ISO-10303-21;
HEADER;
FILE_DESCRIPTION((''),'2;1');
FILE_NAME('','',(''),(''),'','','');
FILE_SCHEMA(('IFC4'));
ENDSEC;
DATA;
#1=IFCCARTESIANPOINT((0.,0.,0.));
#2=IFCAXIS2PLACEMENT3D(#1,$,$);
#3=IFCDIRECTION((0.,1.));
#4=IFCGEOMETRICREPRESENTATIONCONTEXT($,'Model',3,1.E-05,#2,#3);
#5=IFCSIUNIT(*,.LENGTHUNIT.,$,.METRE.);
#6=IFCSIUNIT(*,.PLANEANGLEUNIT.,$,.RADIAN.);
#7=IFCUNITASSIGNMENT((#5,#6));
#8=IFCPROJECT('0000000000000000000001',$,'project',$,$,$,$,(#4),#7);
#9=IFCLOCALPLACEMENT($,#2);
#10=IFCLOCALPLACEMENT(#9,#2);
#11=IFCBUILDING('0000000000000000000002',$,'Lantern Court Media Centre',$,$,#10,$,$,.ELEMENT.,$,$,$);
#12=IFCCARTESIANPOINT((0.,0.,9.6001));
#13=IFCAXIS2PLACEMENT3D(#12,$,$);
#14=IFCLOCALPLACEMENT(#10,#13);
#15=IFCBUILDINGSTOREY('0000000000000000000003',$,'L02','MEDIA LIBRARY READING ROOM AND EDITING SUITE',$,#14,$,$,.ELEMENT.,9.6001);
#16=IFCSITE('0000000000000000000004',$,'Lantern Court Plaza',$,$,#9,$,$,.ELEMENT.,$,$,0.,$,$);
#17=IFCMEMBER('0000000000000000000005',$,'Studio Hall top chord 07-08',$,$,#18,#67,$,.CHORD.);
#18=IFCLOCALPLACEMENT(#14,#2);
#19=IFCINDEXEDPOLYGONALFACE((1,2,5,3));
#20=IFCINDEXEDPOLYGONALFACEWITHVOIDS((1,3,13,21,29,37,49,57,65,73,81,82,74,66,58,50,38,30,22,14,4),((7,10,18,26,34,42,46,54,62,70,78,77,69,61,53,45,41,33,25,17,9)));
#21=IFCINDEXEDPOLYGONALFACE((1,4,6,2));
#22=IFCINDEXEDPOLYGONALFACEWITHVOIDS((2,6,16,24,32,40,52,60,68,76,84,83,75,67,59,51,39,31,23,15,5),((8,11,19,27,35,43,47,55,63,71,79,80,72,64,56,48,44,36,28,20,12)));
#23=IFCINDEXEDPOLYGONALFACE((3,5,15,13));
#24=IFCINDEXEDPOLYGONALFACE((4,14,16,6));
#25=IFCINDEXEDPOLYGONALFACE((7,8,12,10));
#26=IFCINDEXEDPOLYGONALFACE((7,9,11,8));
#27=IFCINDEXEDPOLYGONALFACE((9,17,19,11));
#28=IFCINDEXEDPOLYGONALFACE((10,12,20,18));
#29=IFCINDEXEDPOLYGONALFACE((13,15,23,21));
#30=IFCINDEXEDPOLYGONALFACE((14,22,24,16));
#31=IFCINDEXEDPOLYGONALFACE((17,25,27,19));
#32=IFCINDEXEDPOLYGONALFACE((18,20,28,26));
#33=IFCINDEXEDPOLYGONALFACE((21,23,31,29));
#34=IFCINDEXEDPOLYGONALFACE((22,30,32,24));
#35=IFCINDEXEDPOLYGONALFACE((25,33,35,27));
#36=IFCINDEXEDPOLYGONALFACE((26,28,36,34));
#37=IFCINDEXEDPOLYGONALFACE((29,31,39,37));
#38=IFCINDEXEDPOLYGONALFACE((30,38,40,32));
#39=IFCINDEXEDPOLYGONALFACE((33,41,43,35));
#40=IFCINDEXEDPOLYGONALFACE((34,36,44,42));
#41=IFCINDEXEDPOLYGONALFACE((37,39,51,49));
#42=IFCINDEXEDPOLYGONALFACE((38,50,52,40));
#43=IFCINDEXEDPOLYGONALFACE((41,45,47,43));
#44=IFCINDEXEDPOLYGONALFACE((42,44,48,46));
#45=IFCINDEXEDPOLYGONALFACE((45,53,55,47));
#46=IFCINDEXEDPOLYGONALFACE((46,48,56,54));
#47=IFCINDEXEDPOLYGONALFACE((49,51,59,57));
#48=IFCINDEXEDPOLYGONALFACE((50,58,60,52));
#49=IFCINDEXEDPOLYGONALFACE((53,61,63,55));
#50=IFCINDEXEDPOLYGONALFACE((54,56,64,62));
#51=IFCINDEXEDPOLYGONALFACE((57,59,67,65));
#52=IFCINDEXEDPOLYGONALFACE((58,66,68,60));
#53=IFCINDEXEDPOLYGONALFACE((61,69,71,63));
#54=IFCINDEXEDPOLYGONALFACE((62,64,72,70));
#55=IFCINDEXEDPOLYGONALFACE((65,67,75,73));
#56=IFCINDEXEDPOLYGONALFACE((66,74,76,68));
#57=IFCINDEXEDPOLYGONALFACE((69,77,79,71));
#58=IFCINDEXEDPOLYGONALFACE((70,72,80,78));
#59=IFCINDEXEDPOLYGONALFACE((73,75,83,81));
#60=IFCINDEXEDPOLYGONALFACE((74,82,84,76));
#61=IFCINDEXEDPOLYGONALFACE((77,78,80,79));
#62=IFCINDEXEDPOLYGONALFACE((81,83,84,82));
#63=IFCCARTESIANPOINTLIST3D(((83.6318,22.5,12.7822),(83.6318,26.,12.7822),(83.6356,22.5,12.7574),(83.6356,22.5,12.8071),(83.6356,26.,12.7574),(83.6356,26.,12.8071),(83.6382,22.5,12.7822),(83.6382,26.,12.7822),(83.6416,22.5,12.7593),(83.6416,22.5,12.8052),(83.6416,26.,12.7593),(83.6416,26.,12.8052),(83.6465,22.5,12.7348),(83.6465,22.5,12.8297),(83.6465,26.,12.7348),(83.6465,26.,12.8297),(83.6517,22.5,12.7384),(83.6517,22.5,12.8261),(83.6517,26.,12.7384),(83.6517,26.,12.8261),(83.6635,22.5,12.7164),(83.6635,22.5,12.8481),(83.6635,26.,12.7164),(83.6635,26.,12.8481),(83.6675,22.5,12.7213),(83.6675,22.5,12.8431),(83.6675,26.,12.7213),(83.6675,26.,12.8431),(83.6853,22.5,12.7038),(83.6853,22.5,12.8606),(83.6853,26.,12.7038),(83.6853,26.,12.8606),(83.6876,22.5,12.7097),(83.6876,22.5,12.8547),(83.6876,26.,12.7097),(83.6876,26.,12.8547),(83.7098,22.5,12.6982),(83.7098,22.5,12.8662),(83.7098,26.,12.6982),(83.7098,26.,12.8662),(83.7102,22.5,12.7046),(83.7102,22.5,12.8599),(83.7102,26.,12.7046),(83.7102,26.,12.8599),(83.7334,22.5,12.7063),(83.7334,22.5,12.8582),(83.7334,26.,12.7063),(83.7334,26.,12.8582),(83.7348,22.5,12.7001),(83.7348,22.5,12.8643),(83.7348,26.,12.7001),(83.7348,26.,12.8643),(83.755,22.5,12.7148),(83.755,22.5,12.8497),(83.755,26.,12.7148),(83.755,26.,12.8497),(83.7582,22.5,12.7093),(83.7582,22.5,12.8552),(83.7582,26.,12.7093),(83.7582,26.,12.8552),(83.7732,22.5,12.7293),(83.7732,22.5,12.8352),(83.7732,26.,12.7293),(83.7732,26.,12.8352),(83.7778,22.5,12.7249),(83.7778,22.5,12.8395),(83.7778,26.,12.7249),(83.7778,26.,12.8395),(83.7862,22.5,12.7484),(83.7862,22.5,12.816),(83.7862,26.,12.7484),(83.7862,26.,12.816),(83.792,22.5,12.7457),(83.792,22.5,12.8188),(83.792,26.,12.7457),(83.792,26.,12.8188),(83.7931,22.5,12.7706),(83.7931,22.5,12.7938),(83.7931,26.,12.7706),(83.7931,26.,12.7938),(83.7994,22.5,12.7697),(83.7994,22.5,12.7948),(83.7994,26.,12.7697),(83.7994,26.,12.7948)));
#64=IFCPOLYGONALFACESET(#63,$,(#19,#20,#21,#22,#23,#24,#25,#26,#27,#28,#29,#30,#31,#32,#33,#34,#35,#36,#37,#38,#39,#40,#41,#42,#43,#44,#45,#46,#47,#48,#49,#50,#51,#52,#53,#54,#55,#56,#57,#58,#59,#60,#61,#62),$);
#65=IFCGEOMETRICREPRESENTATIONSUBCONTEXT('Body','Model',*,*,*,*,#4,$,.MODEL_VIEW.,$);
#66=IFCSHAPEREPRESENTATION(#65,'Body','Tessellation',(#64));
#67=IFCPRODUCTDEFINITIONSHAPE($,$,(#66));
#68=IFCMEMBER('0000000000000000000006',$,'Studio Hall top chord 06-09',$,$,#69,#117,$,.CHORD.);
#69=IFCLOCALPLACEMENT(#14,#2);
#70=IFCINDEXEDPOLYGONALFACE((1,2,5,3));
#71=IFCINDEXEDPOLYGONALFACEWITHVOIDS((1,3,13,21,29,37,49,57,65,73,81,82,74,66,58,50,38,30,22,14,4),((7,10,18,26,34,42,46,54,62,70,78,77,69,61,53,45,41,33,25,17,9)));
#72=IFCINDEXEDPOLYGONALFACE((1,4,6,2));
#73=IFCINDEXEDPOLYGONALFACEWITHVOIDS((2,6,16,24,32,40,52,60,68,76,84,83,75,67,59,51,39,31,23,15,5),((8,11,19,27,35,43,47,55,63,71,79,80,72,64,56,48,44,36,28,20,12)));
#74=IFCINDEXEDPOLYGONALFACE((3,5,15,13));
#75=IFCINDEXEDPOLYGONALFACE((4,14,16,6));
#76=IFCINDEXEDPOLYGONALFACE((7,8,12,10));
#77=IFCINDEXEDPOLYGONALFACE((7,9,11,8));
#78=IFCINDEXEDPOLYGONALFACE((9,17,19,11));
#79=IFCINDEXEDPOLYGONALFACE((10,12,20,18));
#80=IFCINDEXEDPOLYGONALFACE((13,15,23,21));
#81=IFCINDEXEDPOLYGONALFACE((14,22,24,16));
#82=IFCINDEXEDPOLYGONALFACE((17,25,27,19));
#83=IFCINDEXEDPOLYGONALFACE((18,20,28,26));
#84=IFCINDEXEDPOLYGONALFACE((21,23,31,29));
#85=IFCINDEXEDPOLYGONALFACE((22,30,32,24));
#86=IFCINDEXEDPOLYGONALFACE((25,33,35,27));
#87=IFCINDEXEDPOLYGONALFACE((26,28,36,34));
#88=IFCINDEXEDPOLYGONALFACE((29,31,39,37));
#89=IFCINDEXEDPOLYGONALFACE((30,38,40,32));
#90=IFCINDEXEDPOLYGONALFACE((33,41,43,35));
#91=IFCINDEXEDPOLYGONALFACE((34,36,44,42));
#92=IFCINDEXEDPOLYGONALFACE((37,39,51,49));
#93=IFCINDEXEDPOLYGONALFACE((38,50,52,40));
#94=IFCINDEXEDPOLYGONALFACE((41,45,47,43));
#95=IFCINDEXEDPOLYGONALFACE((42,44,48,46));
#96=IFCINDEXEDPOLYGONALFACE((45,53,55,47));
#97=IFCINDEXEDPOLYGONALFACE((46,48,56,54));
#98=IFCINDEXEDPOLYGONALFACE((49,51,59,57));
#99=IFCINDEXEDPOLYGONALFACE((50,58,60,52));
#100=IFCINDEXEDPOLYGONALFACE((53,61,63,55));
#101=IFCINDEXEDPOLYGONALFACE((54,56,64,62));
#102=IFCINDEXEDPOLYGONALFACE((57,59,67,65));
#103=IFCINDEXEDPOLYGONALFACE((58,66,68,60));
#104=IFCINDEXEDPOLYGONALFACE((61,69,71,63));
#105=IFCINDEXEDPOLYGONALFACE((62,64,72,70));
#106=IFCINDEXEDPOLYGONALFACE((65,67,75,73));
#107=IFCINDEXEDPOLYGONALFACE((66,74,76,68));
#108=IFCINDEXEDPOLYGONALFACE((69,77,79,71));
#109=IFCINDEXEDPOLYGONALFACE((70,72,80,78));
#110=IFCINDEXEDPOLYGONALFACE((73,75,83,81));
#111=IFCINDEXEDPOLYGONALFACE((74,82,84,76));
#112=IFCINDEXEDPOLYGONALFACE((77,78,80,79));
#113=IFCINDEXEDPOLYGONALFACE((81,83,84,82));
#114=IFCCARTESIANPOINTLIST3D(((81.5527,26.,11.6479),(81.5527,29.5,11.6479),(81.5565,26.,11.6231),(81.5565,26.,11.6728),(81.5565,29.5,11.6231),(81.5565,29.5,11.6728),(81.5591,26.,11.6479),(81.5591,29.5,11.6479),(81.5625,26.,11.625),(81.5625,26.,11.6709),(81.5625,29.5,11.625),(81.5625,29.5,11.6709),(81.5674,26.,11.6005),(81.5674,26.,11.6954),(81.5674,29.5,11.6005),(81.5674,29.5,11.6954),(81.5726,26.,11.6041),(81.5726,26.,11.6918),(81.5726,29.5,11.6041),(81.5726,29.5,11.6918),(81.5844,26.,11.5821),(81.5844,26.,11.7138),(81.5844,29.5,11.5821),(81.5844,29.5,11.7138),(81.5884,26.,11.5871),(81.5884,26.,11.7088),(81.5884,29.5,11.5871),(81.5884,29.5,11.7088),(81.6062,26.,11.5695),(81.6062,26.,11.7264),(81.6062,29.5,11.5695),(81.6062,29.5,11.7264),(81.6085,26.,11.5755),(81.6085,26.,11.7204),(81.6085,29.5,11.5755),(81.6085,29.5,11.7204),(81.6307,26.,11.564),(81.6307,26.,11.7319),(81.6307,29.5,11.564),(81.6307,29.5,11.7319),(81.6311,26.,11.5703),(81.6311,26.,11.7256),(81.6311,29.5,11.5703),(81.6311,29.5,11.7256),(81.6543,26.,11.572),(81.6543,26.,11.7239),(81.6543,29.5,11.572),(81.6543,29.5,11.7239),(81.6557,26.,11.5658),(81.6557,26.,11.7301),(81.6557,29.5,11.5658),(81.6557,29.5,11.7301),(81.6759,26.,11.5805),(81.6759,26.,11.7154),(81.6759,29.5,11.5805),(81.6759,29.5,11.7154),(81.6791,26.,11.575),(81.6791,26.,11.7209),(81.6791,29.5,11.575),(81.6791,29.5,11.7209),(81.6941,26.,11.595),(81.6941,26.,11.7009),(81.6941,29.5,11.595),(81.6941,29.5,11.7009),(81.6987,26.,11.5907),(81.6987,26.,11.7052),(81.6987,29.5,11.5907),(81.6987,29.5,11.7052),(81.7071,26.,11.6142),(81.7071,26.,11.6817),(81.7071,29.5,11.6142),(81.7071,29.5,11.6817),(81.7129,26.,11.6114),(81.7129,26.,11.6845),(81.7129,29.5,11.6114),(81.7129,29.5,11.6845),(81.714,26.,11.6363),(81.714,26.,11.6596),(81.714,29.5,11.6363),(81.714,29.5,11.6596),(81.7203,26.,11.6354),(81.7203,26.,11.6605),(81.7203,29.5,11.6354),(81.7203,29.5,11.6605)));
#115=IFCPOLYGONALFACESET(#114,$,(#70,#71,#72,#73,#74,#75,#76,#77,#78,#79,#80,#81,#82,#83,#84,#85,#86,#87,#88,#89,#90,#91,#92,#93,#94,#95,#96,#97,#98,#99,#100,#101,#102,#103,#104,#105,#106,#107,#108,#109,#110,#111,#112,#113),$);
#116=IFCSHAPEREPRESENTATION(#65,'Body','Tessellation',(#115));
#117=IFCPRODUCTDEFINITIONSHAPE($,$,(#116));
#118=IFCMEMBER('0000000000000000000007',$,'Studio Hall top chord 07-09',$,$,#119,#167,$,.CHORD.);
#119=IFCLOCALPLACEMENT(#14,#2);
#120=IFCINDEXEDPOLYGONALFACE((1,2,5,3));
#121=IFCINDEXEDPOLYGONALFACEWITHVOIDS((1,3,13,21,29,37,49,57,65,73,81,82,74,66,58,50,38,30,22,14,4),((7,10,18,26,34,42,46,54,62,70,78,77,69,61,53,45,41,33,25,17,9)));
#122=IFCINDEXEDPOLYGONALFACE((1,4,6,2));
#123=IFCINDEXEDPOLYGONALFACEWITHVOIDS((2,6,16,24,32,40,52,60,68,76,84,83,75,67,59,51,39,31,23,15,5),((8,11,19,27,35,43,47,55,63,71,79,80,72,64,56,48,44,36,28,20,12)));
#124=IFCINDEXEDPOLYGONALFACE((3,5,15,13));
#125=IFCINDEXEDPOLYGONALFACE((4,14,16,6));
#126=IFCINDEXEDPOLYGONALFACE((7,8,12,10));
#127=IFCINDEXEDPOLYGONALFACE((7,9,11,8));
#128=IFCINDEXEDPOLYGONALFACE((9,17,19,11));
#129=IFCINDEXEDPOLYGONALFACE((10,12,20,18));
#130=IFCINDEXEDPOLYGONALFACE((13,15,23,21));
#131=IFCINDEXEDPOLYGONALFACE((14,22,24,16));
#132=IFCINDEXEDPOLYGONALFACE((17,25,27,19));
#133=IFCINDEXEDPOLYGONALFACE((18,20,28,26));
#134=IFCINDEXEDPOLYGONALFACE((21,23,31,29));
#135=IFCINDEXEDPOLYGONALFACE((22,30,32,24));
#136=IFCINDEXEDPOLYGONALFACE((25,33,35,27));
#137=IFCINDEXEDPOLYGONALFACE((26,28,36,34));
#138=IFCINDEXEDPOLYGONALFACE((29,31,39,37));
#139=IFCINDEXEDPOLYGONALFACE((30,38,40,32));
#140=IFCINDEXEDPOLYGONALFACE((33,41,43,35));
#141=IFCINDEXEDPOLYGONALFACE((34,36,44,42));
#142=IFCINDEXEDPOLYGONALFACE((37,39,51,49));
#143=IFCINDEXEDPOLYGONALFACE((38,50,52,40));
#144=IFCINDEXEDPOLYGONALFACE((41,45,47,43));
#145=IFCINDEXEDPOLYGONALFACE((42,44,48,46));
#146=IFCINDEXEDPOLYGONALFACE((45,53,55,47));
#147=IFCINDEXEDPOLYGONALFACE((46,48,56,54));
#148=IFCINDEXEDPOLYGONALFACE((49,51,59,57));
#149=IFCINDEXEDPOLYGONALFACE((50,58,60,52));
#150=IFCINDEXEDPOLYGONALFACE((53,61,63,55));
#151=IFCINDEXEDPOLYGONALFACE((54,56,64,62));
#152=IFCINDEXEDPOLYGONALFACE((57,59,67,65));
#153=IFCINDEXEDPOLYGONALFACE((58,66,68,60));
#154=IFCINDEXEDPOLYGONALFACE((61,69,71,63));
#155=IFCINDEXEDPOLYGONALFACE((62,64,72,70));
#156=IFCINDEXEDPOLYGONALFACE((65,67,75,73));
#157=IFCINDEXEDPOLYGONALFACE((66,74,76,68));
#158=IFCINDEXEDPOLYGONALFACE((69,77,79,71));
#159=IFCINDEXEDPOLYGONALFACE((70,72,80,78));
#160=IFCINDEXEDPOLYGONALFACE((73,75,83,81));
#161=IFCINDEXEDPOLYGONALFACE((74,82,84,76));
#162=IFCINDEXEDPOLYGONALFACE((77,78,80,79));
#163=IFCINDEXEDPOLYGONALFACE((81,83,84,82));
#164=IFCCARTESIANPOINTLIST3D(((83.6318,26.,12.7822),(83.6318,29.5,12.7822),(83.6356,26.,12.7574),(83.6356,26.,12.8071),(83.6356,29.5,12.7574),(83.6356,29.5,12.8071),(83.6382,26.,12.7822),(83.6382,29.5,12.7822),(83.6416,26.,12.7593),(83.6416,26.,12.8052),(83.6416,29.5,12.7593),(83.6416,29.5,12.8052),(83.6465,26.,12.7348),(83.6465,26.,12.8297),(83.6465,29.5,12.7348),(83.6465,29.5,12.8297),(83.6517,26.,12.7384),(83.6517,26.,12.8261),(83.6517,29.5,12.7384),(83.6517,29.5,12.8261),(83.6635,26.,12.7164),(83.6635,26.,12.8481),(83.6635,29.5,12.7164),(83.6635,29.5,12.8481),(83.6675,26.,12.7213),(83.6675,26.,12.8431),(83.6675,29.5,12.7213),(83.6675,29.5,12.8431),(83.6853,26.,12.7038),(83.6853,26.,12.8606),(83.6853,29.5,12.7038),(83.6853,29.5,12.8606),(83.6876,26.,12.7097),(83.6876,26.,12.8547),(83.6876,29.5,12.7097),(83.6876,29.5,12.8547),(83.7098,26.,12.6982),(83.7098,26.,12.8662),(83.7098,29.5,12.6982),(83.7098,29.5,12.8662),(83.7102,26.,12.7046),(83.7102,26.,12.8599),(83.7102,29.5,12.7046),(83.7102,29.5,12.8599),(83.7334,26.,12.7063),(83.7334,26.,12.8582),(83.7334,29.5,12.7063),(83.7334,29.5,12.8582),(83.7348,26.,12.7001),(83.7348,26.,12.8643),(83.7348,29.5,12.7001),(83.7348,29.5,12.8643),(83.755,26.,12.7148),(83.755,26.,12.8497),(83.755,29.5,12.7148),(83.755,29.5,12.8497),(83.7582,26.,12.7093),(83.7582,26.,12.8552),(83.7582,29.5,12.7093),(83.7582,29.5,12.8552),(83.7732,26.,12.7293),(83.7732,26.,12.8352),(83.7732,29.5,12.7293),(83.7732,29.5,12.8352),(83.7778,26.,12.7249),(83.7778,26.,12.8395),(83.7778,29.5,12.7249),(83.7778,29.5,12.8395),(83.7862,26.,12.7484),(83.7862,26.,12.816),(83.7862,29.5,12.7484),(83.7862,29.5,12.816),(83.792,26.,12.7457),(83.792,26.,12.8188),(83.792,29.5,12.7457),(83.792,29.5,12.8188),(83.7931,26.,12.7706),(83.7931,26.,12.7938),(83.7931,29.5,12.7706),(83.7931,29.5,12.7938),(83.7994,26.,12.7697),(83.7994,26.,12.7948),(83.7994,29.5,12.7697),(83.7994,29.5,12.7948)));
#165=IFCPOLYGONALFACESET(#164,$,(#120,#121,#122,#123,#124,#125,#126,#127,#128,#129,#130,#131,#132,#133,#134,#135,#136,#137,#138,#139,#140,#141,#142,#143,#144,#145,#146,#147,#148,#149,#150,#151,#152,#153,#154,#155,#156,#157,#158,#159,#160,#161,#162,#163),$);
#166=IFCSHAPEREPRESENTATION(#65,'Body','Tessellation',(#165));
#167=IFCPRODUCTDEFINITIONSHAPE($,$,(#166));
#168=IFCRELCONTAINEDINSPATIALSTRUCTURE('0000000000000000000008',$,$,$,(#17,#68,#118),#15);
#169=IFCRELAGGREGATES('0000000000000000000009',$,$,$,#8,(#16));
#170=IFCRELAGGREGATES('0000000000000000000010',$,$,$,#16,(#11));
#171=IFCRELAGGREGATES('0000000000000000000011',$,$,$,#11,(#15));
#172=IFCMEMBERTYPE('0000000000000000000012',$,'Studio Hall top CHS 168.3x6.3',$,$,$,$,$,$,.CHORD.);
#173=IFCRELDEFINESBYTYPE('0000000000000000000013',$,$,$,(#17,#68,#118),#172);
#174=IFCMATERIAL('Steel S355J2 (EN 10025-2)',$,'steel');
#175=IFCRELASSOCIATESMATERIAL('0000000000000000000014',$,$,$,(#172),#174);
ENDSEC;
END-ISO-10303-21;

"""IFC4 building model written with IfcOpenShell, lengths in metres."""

from ifc_helpers import new_model, si_unit, direction, frame, origin, origin_2d, place, context, subcontext, project, spatial, hollow_circle, extrude, material, material_profile, profile_set, type_object, element, save


model = new_model("IFC4")

# Units and contexts
model_context = context("Model", 3, precision=1e-05, world=origin(), true_north=direction((0.0, 1.0)))
body_context = subcontext(model_context, "Body", "Model", "MODEL_VIEW")
ifc_project = project(units=[si_unit("LENGTHUNIT", "METRE"), si_unit("PLANEANGLEUNIT", "RADIAN")], contexts=[model_context])

# Site, building, storey
site_placement = place(None, origin())
site = spatial("IfcSite", under=ifc_project, at=site_placement, Name="Lantern Court Plaza", CompositionType="ELEMENT", RefElevation=0.0)
building_placement = place(site_placement, origin())
building = spatial("IfcBuilding", under=site, at=building_placement, Name="Lantern Court Media Centre", CompositionType="ELEMENT")
storey_placement = place(building_placement, frame((0.0, 0.0, 9.6001)))
storey = spatial("IfcBuildingStorey", under=building, at=storey_placement, Name="L02", Description="MEDIA LIBRARY READING ROOM AND EDITING SUITE", CompositionType="ELEMENT", Elevation=9.6001)

# Members
ifc_material = material(Name="Steel S355J2 (EN 10025-2)", Category="steel")
ifc_material_profile_1 = material_profile(ifc_material, hollow_circle(Radius=0.0842, WallThickness=0.0063, at=origin_2d()), Name="Studio Hall top CHS 168.3x6.3")
ifc_profile_set_1 = profile_set([ifc_material_profile_1], Name="Steel S355J2 (EN 10025-2)")
member_type_1 = type_object("IfcMemberType", Name="Studio Hall top CHS 168.3x6.3", PredefinedType="CHORD", material=ifc_profile_set_1)
for number, where, z_axis, x_axis, name in (
    (1, (83.7161, 22.5, 12.7822), (0.0, 1.0, 0.0), (-1.0, 0.0, 0.0), "Studio Hall top chord 07-08"),
    (2, (81.637, 26.0, 11.6479), (0.0, 1.0, 0.0), (-1.0, 0.0, 0.0), "Studio Hall top chord 06-09"),
    (3, (83.7161, 26.0, 12.7822), (0.0, 1.0, 0.0), (-1.0, 0.0, 0.0), "Studio Hall top chord 07-09"),
):
    element("IfcMember", number, at=place(storey_placement, frame(where, z_axis=z_axis, x_axis=x_axis)), inside=storey, type_object=member_type_1, Name=name, PredefinedType="CHORD", context=body_context, shape_type="SweptSolid", body=[
        extrude(hollow_circle(Radius=0.0842, WallThickness=0.0063, at=origin_2d()), origin(), (0.0, 0.0, 1.0), 3.5),
    ])

save(model, "model.ifc")
